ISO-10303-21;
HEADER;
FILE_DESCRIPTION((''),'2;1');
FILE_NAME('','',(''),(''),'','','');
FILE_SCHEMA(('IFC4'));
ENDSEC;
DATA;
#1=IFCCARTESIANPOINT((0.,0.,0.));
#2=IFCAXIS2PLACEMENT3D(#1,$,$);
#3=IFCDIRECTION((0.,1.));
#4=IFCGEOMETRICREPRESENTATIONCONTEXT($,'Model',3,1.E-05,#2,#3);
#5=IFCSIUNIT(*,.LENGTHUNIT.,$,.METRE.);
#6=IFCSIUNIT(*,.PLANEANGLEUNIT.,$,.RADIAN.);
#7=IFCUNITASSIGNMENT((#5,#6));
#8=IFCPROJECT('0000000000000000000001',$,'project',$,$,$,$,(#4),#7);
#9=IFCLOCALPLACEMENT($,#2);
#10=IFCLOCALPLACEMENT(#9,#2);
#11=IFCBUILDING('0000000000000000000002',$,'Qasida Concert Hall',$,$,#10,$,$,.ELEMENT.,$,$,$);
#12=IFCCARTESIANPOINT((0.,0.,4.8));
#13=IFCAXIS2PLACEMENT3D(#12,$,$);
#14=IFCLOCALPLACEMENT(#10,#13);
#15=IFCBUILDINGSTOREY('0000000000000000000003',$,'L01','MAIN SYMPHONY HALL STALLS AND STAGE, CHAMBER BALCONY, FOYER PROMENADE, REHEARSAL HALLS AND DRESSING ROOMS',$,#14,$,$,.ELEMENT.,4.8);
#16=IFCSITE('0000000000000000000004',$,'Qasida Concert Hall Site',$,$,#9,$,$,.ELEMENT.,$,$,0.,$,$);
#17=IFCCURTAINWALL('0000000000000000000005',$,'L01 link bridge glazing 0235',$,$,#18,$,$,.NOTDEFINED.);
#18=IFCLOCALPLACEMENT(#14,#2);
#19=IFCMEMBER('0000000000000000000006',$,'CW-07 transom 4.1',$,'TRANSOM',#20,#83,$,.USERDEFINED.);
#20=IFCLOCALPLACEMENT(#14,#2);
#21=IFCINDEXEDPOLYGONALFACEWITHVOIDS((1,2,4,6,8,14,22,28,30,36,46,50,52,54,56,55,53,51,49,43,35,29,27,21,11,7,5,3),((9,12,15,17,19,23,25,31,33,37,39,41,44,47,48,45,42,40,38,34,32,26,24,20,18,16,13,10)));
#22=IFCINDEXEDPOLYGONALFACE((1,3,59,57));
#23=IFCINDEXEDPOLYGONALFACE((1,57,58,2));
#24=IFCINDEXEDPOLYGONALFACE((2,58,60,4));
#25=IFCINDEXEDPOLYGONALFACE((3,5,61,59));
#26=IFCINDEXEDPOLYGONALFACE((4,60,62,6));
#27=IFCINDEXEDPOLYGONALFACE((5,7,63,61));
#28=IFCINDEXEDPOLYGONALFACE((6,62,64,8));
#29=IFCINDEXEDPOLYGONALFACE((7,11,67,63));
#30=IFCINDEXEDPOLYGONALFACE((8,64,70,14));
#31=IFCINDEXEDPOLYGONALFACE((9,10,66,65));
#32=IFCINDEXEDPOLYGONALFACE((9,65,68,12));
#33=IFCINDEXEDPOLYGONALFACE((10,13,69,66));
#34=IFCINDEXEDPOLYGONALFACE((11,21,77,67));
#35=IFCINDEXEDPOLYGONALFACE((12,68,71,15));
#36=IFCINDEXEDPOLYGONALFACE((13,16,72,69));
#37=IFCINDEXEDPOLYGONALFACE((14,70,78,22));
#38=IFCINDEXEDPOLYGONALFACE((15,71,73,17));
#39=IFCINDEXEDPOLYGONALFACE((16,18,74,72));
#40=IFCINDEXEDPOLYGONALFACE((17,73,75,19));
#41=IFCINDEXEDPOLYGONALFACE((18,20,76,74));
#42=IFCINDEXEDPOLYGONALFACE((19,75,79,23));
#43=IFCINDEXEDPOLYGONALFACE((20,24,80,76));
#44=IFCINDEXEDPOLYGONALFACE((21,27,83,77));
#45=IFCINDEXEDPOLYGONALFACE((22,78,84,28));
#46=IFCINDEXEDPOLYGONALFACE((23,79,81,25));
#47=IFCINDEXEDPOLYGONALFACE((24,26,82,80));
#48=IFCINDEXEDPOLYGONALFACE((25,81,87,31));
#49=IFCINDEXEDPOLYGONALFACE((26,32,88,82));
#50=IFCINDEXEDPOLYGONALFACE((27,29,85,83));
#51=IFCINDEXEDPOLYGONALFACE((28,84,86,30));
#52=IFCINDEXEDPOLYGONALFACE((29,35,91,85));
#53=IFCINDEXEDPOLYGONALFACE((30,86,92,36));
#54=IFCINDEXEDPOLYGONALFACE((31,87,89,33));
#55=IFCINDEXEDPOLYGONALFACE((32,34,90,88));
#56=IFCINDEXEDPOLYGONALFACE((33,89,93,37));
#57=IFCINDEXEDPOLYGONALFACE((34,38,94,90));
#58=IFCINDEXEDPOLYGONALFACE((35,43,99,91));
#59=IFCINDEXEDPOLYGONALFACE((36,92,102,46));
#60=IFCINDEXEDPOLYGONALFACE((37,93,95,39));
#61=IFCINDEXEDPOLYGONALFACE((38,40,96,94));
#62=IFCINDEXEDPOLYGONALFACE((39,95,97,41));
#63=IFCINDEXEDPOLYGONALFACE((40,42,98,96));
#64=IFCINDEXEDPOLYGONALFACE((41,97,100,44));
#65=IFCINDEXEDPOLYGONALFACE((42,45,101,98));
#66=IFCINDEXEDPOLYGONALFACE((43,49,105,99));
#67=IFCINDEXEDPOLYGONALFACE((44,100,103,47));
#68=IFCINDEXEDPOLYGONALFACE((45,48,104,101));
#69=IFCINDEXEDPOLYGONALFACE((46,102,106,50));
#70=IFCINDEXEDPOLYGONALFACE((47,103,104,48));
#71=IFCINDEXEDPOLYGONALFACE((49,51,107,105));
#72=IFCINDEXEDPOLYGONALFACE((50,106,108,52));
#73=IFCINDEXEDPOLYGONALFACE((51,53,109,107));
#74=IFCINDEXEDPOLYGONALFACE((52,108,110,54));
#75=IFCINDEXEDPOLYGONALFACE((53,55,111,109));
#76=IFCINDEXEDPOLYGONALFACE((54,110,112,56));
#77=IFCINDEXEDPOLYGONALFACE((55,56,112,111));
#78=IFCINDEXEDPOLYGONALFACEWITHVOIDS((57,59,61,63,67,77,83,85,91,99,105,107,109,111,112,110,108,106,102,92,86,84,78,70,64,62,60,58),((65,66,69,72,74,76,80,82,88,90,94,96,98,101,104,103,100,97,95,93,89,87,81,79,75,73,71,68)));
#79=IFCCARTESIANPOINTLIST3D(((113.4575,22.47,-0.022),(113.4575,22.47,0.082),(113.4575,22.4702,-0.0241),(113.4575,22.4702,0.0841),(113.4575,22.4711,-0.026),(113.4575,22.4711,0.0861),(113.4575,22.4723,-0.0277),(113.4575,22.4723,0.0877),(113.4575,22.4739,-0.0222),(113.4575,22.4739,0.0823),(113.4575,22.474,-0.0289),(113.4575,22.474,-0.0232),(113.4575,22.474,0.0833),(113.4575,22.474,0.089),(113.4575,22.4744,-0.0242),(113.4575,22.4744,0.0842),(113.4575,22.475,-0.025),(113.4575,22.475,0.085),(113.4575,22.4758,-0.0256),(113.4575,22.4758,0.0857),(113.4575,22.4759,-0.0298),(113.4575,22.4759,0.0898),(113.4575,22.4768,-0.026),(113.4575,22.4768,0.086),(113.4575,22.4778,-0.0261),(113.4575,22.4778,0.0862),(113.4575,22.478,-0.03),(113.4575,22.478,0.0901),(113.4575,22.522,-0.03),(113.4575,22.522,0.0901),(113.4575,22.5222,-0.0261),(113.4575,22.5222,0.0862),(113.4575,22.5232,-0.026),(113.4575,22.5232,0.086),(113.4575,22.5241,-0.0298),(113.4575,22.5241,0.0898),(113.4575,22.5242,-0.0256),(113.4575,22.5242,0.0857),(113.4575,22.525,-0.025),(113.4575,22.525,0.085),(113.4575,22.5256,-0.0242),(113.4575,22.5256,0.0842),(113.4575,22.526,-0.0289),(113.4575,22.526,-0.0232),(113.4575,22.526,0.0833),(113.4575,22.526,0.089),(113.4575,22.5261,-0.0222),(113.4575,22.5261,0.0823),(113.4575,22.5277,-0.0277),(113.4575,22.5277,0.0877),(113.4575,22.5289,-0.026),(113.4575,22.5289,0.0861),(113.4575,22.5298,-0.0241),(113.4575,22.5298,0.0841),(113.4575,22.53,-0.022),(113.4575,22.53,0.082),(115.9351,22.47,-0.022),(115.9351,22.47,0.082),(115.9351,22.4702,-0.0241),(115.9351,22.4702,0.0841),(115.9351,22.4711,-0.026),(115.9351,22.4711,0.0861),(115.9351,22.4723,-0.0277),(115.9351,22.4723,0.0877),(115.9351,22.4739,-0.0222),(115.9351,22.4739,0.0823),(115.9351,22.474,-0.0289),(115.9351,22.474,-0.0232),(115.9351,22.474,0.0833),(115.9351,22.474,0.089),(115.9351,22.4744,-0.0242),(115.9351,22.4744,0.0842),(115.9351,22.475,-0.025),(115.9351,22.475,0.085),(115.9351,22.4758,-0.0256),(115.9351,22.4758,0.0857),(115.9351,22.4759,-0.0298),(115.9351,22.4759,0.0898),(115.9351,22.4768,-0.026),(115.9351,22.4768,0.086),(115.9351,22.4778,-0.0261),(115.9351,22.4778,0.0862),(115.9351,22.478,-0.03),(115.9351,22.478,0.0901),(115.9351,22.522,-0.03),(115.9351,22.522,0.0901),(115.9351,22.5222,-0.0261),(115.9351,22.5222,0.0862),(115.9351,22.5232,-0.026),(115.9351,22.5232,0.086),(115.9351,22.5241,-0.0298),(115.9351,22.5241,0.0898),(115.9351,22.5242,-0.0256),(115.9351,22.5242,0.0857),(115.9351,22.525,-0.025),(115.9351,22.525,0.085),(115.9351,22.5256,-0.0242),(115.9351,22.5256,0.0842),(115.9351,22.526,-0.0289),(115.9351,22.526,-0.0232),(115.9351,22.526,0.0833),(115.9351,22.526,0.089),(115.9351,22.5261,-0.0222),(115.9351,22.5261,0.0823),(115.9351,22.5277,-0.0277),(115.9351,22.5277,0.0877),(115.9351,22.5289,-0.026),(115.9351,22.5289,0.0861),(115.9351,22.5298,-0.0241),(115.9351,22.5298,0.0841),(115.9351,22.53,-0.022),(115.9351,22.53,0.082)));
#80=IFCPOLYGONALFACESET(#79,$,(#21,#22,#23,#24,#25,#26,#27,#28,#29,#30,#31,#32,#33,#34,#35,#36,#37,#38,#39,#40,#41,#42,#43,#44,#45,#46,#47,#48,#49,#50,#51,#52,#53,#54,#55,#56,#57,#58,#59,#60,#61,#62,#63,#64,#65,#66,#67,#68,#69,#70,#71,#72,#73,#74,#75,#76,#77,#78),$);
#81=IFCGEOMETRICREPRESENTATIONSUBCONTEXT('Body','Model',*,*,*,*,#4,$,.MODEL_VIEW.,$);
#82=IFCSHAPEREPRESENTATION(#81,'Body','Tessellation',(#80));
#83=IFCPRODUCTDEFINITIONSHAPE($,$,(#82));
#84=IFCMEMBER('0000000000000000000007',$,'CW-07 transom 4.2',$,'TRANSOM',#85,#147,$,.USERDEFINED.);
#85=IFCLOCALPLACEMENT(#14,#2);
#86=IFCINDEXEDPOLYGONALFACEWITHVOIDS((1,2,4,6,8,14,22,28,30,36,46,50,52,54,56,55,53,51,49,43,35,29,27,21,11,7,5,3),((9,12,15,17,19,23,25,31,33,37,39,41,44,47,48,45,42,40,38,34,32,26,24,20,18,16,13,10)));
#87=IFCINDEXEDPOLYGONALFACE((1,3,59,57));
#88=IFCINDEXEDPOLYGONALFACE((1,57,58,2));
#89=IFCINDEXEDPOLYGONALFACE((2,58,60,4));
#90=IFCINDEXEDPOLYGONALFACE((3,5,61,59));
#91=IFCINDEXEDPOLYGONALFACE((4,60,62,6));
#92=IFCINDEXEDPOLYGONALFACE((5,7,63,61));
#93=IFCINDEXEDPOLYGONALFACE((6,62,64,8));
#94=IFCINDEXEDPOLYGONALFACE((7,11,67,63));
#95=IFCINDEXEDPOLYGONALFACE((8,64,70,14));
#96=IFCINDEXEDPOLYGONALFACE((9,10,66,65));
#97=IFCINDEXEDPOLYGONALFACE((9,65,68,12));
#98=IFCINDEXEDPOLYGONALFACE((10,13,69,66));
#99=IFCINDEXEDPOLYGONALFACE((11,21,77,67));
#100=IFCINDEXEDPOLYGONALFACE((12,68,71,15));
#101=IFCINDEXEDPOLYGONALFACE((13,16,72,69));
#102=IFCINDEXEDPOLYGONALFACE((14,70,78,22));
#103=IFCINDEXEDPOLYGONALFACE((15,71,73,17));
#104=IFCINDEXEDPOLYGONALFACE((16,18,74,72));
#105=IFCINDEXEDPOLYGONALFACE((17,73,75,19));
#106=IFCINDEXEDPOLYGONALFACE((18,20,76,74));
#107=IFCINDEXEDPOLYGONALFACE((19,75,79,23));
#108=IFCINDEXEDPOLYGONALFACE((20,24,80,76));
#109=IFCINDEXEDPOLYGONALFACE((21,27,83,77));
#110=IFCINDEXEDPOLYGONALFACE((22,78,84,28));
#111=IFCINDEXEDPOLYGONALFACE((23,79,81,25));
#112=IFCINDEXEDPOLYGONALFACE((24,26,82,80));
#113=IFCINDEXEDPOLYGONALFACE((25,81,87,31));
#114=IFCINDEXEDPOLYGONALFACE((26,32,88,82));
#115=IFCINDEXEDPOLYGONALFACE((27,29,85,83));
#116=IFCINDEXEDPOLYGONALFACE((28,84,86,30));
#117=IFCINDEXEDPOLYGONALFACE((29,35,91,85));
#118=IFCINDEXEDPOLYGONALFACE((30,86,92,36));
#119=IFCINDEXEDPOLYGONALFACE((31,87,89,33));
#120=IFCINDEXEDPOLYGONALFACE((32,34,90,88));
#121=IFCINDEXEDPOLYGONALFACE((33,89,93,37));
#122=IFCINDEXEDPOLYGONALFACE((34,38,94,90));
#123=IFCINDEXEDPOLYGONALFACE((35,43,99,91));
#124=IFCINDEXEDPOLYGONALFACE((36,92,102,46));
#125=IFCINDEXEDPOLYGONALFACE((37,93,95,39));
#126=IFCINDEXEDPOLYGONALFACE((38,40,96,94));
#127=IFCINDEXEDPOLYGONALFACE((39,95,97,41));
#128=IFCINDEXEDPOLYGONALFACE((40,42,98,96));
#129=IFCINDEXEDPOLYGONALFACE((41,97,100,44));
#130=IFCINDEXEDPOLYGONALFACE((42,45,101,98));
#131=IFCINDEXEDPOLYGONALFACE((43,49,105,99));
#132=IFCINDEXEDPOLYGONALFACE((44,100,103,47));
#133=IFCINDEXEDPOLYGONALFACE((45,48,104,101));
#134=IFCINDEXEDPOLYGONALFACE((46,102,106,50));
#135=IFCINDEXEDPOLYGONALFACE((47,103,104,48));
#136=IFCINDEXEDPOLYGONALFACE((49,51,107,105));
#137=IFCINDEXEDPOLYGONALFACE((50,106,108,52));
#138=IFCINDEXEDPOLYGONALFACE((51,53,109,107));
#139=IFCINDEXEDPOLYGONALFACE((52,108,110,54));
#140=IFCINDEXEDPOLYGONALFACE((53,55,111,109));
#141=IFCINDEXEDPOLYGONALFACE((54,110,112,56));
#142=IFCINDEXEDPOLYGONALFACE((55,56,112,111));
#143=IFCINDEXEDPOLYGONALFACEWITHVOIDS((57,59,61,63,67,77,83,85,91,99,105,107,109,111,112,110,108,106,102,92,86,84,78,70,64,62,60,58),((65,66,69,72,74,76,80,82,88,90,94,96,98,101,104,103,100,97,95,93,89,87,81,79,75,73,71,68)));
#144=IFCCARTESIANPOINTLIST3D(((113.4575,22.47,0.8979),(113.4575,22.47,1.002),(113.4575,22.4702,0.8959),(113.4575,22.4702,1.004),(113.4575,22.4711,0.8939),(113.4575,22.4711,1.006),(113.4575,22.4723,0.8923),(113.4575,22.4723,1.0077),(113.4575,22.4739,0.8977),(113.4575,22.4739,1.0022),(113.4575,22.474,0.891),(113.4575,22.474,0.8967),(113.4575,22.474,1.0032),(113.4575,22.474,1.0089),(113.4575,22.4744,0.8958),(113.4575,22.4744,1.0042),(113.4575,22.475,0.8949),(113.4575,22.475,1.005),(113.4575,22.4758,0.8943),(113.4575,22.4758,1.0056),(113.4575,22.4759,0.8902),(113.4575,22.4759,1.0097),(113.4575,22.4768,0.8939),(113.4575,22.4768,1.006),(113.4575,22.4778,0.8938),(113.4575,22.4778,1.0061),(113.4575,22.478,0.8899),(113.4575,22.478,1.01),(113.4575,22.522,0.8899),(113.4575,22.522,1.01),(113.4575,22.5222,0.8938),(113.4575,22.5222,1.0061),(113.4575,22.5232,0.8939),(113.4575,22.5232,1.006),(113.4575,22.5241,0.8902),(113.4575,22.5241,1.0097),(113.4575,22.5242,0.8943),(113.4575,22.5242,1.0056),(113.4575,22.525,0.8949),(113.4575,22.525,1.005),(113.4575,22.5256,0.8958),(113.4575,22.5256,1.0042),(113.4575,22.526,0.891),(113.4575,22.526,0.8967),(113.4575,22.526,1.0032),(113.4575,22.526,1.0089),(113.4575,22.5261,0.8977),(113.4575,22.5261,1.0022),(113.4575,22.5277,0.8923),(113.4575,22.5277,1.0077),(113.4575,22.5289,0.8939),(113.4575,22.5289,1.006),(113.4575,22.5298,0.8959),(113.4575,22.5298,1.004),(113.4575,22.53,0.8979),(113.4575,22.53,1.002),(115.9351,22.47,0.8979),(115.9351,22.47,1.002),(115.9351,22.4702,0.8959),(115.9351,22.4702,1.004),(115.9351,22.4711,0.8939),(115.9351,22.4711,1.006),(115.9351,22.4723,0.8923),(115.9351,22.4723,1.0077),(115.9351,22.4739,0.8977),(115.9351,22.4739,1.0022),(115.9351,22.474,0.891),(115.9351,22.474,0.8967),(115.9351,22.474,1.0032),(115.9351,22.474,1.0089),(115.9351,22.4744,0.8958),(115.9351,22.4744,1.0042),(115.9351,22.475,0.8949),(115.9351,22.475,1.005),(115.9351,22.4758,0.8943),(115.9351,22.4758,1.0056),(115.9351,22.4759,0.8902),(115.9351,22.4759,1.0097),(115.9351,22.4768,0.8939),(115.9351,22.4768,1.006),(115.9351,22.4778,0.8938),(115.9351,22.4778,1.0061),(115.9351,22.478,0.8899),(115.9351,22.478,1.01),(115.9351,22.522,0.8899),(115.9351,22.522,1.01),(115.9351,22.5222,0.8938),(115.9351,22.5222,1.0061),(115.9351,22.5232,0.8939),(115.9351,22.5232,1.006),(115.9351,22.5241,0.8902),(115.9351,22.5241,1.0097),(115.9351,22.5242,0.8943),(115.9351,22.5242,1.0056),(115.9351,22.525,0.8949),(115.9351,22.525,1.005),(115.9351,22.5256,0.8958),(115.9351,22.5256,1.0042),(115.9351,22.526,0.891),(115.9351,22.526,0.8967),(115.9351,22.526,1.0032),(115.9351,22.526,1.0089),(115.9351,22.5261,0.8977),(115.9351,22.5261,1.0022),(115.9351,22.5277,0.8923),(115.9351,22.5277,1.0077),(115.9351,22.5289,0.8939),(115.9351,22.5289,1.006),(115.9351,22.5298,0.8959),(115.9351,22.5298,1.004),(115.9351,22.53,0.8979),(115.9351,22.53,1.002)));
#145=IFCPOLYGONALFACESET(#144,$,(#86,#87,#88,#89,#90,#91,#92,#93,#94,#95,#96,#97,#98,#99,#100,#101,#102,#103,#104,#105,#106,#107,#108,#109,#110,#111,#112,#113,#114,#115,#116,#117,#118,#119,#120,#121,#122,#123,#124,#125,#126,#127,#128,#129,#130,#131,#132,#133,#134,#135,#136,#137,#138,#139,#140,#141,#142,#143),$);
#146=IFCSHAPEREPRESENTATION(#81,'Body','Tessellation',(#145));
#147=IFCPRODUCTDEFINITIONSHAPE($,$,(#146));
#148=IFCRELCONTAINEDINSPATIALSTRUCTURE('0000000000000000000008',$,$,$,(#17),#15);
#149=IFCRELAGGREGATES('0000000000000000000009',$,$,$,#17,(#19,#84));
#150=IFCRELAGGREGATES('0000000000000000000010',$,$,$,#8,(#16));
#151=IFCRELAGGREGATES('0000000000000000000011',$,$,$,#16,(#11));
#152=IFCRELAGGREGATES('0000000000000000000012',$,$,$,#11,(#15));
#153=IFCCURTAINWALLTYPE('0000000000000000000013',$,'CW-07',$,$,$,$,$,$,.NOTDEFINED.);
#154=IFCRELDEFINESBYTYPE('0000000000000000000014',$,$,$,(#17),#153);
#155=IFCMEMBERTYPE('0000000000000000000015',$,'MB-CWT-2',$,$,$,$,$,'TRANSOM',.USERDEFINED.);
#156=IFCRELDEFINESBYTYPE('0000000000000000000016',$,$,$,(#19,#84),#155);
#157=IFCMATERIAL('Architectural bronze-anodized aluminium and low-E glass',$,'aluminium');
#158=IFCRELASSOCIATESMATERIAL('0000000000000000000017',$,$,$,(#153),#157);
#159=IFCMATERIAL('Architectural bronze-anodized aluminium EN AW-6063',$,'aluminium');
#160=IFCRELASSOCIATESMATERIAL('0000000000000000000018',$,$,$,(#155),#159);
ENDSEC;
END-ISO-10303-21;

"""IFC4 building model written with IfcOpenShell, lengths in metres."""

from ifc_helpers import new_model, si_unit, direction, frame, origin, origin_2d, place, context, subcontext, project, spatial, hollow_rectangle, extrude, material, material_profile, profile_set, type_object, element, aggregate, save


model = new_model("IFC4")

# Units and contexts
model_context = context("Model", 3, precision=1e-05, world=origin(), true_north=direction((0.0, 1.0)))
body_context = subcontext(model_context, "Body", "Model", "MODEL_VIEW")
ifc_project = project(units=[si_unit("LENGTHUNIT", "METRE"), si_unit("PLANEANGLEUNIT", "RADIAN")], contexts=[model_context])

# Site, building, storey
site_placement = place(None, origin())
site = spatial("IfcSite", under=ifc_project, at=site_placement, Name="Qasida Concert Hall Site", CompositionType="ELEMENT", RefElevation=0.0)
building_placement = place(site_placement, origin())
building = spatial("IfcBuilding", under=site, at=building_placement, Name="Qasida Concert Hall", CompositionType="ELEMENT")
storey_placement = place(building_placement, frame((0.0, 0.0, 4.8)))
storey = spatial("IfcBuildingStorey", under=building, at=storey_placement, Name="L01", Description="MAIN SYMPHONY HALL STALLS AND STAGE, CHAMBER BALCONY, FOYER PROMENADE, REHEARSAL HALLS AND DRESSING ROOMS", CompositionType="ELEMENT", Elevation=4.8)

# Curtain wall
ifc_material_1 = material(Name="Architectural bronze-anodized aluminium and low-E glass", Category="aluminium")
curtain_wall_type = type_object("IfcCurtainWallType", Name="CW-07", PredefinedType="NOTDEFINED", material=ifc_material_1)
ifc_material_2 = material(Name="Architectural bronze-anodized aluminium EN AW-6063", Category="aluminium")
curtain_wall_1_placement = place(storey_placement, origin())
curtain_wall_1 = element("IfcCurtainWall", 1, at=curtain_wall_1_placement, inside=storey, type_object=curtain_wall_type, Name="L01 link bridge glazing 0235", PredefinedType="NOTDEFINED")

# Members
ifc_material_profile_1 = material_profile(ifc_material_2, hollow_rectangle(XDim=0.0601, YDim=0.1201, WallThickness=0.0039, InnerFilletRadius=0.0039, OuterFilletRadius=0.0081, at=origin_2d()), Name="CWT 120x60x4")
ifc_profile_set_1 = profile_set([ifc_material_profile_1], Name="Architectural bronze-anodized aluminium EN AW-6063")
member_type_1 = type_object("IfcMemberType", Name="MB-CWT-2", ElementType="TRANSOM", PredefinedType="USERDEFINED", material=ifc_profile_set_1)
member_1_placement = place(storey_placement, frame((113.4575, 22.5, 0.03), z_axis=(1.0, 0.0, 0.0), x_axis=(0.0, 1.0, 0.0)))
member_1 = element("IfcMember", 2, at=member_1_placement, type_object=member_type_1, Name="CW-07 transom 4.1", ObjectType="TRANSOM", PredefinedType="USERDEFINED", context=body_context, shape_type="SweptSolid", body=[
    extrude(hollow_rectangle(XDim=0.0601, YDim=0.1201, WallThickness=0.0039, InnerFilletRadius=0.0039, OuterFilletRadius=0.0081, at=origin_2d()), origin(), (0.0, 0.0, 1.0), 2.4775),
])
member_2_placement = place(storey_placement, frame((113.4575, 22.5, 0.95), z_axis=(1.0, 0.0, 0.0), x_axis=(0.0, 1.0, 0.0)))
member_2 = element("IfcMember", 3, at=member_2_placement, type_object=member_type_1, Name="CW-07 transom 4.2", ObjectType="TRANSOM", PredefinedType="USERDEFINED", context=body_context, shape_type="SweptSolid", body=[
    extrude(hollow_rectangle(XDim=0.0601, YDim=0.1201, WallThickness=0.0039, InnerFilletRadius=0.0039, OuterFilletRadius=0.0081, at=origin_2d()), origin(), (0.0, 0.0, 1.0), 2.4775),
])

aggregate(curtain_wall_1, [member_1, member_2])

save(model, "model.ifc")
